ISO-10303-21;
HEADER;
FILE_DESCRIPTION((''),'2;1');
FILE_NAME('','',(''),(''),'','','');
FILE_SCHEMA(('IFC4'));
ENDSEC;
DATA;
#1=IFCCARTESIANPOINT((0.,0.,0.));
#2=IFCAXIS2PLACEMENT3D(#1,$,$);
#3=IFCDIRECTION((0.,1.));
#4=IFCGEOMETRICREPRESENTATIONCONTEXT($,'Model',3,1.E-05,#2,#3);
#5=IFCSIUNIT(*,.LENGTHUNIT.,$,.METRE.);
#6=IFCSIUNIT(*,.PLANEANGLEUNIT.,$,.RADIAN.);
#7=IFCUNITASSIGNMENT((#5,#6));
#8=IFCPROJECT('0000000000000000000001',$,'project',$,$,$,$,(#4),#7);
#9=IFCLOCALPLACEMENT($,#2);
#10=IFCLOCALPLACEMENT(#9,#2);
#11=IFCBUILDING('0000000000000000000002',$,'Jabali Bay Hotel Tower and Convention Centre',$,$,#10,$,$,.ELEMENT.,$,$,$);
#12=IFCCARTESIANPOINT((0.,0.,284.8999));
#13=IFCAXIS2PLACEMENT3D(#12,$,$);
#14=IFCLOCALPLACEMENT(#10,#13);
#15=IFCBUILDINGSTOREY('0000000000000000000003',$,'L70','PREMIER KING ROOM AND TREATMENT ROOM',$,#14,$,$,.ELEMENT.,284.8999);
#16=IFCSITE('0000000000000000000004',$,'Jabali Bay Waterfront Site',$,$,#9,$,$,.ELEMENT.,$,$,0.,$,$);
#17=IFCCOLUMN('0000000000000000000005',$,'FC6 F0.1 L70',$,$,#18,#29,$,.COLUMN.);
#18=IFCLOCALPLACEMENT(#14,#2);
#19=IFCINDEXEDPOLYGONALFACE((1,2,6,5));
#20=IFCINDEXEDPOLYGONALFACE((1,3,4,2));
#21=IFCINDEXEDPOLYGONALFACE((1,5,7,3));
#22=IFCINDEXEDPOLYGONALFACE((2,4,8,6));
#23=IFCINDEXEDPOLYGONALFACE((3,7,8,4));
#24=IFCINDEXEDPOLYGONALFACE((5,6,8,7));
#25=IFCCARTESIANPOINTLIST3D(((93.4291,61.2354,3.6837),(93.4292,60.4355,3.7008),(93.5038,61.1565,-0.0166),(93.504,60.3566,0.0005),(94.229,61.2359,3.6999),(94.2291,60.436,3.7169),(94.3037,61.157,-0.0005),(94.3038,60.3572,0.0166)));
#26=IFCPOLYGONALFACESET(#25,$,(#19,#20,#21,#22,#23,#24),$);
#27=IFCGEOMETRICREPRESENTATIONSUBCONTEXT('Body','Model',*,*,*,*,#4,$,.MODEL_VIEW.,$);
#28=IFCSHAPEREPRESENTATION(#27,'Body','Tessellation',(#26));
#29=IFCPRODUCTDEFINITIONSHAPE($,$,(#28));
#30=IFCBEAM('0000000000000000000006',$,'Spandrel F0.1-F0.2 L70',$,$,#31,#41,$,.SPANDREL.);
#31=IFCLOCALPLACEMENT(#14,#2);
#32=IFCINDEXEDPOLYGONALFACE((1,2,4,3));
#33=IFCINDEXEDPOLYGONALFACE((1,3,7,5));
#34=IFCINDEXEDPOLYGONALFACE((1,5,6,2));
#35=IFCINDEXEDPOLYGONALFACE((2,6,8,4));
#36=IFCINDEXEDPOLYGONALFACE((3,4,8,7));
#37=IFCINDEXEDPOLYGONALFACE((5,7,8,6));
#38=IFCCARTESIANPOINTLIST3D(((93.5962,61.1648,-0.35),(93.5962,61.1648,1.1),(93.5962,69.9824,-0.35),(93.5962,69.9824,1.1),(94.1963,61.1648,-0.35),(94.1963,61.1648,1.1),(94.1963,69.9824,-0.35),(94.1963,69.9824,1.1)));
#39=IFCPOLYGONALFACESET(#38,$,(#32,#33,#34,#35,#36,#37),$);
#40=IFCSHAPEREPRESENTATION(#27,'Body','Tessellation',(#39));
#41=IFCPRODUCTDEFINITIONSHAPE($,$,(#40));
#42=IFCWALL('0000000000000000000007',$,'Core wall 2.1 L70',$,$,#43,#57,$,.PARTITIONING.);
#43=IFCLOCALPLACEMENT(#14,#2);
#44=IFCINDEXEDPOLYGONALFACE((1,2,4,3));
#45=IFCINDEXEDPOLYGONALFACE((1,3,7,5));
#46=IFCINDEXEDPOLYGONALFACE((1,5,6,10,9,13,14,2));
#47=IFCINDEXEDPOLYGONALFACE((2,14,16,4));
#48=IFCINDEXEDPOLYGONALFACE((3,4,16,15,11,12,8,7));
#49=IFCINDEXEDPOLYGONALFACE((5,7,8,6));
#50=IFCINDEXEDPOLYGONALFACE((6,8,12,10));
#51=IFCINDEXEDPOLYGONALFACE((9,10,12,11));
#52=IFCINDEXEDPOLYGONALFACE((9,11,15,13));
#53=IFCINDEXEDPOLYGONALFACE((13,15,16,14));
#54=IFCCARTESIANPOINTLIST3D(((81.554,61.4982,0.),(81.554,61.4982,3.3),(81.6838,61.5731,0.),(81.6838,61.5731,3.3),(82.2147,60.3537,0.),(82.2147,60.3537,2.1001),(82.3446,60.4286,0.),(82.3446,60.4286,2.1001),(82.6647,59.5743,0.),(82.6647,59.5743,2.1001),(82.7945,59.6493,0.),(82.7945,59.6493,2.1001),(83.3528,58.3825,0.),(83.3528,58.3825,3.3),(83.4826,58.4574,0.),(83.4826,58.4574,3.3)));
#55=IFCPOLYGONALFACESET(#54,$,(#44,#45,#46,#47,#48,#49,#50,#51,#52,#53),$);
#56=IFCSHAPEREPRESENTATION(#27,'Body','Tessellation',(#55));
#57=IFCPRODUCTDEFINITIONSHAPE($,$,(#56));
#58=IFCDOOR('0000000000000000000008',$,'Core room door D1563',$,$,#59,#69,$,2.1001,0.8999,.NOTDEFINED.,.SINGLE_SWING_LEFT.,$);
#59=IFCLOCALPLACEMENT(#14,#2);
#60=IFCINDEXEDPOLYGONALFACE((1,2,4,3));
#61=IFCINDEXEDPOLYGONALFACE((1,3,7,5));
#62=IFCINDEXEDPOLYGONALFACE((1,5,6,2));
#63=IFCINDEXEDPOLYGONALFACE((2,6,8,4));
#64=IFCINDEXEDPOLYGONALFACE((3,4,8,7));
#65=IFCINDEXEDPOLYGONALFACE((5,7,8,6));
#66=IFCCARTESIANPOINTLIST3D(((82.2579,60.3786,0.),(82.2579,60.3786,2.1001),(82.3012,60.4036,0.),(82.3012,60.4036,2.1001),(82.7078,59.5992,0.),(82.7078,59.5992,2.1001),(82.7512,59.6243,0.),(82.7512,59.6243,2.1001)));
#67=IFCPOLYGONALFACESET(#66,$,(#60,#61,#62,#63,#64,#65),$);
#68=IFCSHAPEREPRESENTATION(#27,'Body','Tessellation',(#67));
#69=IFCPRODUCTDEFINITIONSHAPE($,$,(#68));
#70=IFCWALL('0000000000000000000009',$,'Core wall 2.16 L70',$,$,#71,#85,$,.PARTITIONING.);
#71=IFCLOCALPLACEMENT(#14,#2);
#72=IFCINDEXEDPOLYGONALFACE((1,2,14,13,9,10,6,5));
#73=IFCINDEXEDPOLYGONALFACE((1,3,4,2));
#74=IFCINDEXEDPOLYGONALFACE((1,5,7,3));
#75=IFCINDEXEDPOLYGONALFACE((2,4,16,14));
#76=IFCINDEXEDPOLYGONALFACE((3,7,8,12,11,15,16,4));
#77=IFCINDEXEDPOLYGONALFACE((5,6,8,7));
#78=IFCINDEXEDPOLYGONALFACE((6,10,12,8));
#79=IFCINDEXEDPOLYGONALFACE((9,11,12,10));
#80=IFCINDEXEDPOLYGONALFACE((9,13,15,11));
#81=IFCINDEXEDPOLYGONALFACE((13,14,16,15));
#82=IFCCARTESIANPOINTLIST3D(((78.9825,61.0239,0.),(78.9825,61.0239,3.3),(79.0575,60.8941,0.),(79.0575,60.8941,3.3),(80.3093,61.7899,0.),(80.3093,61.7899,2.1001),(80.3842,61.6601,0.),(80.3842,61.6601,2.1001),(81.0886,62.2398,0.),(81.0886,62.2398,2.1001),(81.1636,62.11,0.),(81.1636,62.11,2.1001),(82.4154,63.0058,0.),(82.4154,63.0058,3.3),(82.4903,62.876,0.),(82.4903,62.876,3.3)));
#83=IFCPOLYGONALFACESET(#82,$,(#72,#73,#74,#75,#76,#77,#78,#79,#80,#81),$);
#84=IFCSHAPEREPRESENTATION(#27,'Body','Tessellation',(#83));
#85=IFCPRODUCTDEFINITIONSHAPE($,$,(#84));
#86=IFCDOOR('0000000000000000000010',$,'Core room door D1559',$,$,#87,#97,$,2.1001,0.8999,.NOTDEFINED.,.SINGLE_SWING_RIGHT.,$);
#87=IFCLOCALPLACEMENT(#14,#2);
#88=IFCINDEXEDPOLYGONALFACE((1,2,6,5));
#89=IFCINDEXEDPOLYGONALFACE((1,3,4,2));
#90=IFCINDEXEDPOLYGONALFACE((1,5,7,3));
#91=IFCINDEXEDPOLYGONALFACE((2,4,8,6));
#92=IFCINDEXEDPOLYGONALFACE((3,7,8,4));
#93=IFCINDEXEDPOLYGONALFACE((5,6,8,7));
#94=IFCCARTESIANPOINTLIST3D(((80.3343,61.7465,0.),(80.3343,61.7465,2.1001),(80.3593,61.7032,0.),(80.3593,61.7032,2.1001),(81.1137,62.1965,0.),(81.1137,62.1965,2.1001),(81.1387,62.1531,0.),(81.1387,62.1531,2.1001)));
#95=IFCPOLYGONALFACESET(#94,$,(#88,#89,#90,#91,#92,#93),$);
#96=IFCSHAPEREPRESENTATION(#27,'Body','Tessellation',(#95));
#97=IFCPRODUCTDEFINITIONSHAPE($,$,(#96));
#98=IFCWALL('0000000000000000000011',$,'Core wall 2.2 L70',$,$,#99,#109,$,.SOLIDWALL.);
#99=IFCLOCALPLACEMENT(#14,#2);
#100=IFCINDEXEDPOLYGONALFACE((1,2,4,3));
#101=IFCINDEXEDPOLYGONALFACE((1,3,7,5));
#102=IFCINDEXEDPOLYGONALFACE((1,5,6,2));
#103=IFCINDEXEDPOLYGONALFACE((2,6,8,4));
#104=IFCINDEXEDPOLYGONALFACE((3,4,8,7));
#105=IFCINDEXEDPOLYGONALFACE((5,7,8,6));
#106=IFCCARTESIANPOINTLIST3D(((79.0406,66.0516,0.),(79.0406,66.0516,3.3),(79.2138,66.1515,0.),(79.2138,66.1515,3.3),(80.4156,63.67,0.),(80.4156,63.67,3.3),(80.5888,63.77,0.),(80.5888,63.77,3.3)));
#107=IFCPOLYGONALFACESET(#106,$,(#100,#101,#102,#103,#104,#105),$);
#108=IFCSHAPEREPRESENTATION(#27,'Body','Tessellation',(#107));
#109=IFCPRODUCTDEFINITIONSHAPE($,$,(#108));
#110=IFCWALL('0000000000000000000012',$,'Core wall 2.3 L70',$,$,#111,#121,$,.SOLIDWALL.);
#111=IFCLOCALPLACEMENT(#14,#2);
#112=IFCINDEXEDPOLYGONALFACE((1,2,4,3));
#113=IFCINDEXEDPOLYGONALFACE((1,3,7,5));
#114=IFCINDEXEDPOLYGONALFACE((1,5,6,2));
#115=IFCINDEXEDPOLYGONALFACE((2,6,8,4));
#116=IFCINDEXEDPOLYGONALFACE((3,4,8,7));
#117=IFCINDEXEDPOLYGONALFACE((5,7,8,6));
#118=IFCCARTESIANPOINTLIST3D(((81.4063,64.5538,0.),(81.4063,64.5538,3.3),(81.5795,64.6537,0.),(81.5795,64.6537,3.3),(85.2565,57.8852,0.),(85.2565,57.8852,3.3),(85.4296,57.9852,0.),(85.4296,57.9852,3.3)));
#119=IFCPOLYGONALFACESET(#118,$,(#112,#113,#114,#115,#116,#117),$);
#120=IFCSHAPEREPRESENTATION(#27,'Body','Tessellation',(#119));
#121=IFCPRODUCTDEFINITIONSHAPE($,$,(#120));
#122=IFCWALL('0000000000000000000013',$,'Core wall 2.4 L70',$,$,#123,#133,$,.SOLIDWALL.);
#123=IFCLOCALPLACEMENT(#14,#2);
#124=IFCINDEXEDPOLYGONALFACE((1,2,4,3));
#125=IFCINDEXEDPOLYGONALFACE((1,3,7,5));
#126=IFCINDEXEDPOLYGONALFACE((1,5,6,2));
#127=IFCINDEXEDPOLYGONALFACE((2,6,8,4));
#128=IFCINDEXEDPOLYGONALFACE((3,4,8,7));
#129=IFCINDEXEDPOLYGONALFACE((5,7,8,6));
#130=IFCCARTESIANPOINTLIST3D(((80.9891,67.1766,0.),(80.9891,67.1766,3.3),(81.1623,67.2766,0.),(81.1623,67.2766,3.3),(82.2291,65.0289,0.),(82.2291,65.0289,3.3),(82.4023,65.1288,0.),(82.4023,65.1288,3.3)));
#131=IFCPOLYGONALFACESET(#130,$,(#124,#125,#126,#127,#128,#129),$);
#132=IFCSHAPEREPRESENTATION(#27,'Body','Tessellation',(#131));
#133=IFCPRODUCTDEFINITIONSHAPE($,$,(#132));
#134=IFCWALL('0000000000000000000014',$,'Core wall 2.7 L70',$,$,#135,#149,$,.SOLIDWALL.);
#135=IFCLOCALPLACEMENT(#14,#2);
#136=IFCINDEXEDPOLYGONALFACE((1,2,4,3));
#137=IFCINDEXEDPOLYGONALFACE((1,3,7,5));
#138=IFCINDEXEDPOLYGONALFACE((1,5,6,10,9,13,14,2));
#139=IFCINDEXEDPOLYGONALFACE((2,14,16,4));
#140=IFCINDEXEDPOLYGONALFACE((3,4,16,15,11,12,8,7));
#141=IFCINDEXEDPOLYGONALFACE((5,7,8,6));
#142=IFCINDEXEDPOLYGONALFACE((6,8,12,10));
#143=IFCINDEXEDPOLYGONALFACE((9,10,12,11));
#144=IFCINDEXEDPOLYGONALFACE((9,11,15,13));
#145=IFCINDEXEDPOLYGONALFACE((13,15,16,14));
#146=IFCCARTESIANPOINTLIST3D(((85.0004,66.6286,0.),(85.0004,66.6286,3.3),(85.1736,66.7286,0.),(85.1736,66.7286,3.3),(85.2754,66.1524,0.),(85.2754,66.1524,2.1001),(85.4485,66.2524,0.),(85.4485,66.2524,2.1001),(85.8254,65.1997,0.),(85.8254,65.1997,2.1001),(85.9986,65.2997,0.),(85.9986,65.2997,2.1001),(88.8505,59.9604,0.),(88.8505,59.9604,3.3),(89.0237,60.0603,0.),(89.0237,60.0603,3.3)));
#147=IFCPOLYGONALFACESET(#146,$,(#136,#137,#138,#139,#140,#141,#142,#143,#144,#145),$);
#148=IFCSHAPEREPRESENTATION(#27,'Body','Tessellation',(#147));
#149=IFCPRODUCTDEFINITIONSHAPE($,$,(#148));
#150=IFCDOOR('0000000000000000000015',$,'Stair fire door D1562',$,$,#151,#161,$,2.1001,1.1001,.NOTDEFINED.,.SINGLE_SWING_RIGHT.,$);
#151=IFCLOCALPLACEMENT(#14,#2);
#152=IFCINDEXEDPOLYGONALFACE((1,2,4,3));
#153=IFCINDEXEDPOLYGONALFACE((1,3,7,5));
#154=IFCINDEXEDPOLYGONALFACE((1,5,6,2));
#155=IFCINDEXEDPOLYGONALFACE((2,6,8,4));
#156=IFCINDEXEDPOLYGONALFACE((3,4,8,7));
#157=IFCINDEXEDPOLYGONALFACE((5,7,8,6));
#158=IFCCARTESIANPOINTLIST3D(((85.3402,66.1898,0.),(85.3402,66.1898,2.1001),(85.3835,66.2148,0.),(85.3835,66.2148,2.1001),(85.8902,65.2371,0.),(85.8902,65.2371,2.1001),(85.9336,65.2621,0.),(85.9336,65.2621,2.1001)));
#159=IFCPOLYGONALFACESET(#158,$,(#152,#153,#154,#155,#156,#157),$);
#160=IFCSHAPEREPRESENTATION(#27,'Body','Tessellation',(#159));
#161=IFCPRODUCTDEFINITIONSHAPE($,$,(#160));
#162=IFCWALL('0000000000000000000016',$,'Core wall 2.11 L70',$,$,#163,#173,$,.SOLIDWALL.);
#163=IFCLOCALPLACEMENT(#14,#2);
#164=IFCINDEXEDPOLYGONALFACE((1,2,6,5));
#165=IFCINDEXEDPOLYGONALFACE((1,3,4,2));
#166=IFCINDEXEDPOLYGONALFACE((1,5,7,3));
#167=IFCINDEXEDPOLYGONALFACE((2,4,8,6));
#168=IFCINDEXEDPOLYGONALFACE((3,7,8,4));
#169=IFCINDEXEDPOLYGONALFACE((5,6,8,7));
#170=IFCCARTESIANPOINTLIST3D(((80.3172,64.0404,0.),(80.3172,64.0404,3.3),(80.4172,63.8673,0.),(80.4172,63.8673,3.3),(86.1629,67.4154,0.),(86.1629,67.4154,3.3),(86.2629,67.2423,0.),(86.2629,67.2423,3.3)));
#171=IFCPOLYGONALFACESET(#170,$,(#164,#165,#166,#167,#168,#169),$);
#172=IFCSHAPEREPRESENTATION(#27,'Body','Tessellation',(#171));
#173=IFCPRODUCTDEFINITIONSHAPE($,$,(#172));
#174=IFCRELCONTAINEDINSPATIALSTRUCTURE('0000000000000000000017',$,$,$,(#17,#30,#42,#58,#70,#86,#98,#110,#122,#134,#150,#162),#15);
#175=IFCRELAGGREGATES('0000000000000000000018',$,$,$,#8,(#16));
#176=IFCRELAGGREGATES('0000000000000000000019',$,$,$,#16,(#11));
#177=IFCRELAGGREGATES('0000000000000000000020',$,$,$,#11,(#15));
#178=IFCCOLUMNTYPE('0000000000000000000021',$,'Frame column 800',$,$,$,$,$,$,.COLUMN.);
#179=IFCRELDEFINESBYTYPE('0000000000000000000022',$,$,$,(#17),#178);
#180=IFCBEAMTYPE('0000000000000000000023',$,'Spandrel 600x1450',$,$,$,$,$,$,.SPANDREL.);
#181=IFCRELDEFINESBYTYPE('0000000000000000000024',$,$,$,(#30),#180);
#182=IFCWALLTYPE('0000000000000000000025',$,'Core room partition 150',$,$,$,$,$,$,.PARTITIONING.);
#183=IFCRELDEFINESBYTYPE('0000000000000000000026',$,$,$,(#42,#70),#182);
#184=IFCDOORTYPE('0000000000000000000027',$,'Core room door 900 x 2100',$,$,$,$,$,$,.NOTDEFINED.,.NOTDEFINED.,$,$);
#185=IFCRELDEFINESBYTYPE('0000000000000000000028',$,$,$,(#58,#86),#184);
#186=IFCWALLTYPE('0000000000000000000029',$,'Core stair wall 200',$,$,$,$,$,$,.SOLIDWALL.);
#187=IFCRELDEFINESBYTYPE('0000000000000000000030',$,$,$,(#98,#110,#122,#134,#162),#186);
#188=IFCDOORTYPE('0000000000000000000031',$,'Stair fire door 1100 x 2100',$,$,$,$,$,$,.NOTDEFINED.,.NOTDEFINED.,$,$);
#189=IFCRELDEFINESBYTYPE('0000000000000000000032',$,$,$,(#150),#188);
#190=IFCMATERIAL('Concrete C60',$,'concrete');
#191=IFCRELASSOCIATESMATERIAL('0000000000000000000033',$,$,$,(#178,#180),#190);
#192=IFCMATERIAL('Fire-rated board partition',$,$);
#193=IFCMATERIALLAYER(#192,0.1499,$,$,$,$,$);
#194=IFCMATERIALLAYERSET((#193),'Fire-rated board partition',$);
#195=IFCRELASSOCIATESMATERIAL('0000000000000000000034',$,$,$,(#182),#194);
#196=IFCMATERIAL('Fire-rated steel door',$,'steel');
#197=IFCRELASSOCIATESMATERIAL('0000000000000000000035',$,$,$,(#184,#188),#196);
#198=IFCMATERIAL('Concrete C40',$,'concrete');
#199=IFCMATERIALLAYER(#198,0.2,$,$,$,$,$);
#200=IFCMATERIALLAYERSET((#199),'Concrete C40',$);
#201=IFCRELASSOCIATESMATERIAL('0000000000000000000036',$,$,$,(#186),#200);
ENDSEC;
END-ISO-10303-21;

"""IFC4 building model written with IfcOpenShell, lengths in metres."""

from ifc_helpers import new_model, si_unit, direction, frame, frame_2d, origin, origin_2d, place, context, subcontext, project, spatial, rectangle, extrude, material, layer, layer_set, material_profile, profile_set, type_object, element, fill, save


model = new_model("IFC4")

# Units and contexts
model_context = context("Model", 3, precision=1e-05, world=origin(), true_north=direction((0.0, 1.0)))
body_context = subcontext(model_context, "Body", "Model", "MODEL_VIEW")
ifc_project = project(units=[si_unit("LENGTHUNIT", "METRE"), si_unit("PLANEANGLEUNIT", "RADIAN")], contexts=[model_context])

# Site, building, storey
site_placement = place(None, origin())
site = spatial("IfcSite", under=ifc_project, at=site_placement, Name="Jabali Bay Waterfront Site", CompositionType="ELEMENT", RefElevation=0.0)
building_placement = place(site_placement, origin())
building = spatial("IfcBuilding", under=site, at=building_placement, Name="Jabali Bay Hotel Tower and Convention Centre", CompositionType="ELEMENT")
storey_placement = place(building_placement, frame((0.0, 0.0, 284.8999)))
storey = spatial("IfcBuildingStorey", under=building, at=storey_placement, Name="L70", Description="PREMIER KING ROOM AND TREATMENT ROOM", CompositionType="ELEMENT", Elevation=284.8999)

# Column
ifc_material_1 = material(Name="Concrete C60", Category="concrete")
ifc_material_profile_1 = material_profile(ifc_material_1, rectangle(XDim=0.8, YDim=0.8, at=origin_2d()), Name="Frame column 800")
ifc_profile_set_1 = profile_set([ifc_material_profile_1], Name="Concrete C60")
column_type = type_object("IfcColumnType", Name="Frame column 800", PredefinedType="COLUMN", material=ifc_profile_set_1)
column_placement = place(storey_placement, frame((93.9038, 60.7568, 0.0), z_axis=(-0.020181, 0.021303, 0.999569), x_axis=(0.000228, -0.999773, 0.021311)))
element("IfcColumn", 1, at=column_placement, inside=storey, type_object=column_type, Name="FC6 F0.1 L70", PredefinedType="COLUMN", context=body_context, shape_type="SweptSolid", body=[
    extrude(rectangle(XDim=0.8, YDim=0.8, at=origin_2d()), origin(), (0.0, 0.0, 1.0), 3.7019),
])

# Beam
ifc_material_profile_2 = material_profile(ifc_material_1, rectangle(XDim=0.6001, YDim=1.45, at=origin_2d()), Name="Spandrel 600x1450")
ifc_profile_set_2 = profile_set([ifc_material_profile_2], Name="Concrete C60")
beam_type = type_object("IfcBeamType", Name="Spandrel 600x1450", PredefinedType="SPANDREL", material=ifc_profile_set_2)
beam_placement = place(storey_placement, frame((93.8962, 61.1648, 0.375), z_axis=(0.0, 1.0, 0.0), x_axis=(-1.0, 0.0, 0.0)))
element("IfcBeam", 2, at=beam_placement, inside=storey, type_object=beam_type, Name="Spandrel F0.1-F0.2 L70", PredefinedType="SPANDREL", context=body_context, shape_type="SweptSolid", body=[
    extrude(rectangle(XDim=0.6001, YDim=1.45, at=origin_2d()), origin(), (0.0, 0.0, 1.0), 8.8176),
])

# Walls, openings, doors
ifc_material_2 = material(Name="Fire-rated board partition")
ifc_layer_1 = layer(ifc_material_2, 0.1499)
ifc_layer_set_1 = layer_set([ifc_layer_1], Name="Fire-rated board partition")
wall_type_1 = type_object("IfcWallType", Name="Core room partition 150", PredefinedType="PARTITIONING", material=ifc_layer_set_1)
wall_1_placement = place(storey_placement, frame((81.6189, 61.5356, 0.0), z_axis=(0.0, 0.0, 1.0), x_axis=(0.499993, -0.86603, 0.0)))
wall_1 = element("IfcWall", 3, at=wall_1_placement, inside=storey, type_object=wall_type_1, Name="Core wall 2.1 L70", PredefinedType="PARTITIONING", context=body_context, shape_type="SweptSolid", body=[
    extrude(rectangle(XDim=3.5977, YDim=0.1499, at=frame_2d((1.7988, 0.0))), origin(), (0.0, 0.0, 1.0), 3.3),
])
opening_1_placement = place(wall_1_placement, frame((1.3215, 0.0, 0.0)))
opening_1 = element("IfcOpeningElement", 4, at=opening_1_placement, cuts=wall_1, PredefinedType="OPENING", context=body_context, shape_type="SweptSolid", body=[
    extrude(rectangle(XDim=0.8999, YDim=2.1001, at=frame_2d((0.45, 1.05))), frame((0.0, 0.0854, 0.0), z_axis=(0.0, -1.0, 0.0), x_axis=(1.0, 0.0, 0.0)), (0.0, 0.0, 1.0), 0.1709),
])
ifc_material_3 = material(Name="Fire-rated steel door", Category="steel")
door_type_1 = type_object("IfcDoorType", Name="Core room door 900 x 2100", OperationType="NOTDEFINED", PredefinedType="NOTDEFINED", material=ifc_material_3)
door_1_placement = place(opening_1_placement, origin())
door_1 = element("IfcDoor", 5, at=door_1_placement, inside=storey, type_object=door_type_1, Name="Core room door D1563", OperationType="SINGLE_SWING_LEFT", OverallHeight=2.1001, OverallWidth=0.8999, PredefinedType="NOTDEFINED", context=body_context, shape_type="SweptSolid", body=[
    extrude(rectangle(XDim=0.8999, YDim=2.1001, at=frame_2d((0.45, 1.05))), frame((0.0, 0.0249, 0.0), z_axis=(0.0, -1.0, 0.0), x_axis=(1.0, 0.0, 0.0)), (0.0, 0.0, 1.0), 0.05),
])
fill(opening_1, door_1)
wall_2_placement = place(storey_placement, frame((79.02, 60.959, 0.0), z_axis=(0.0, 0.0, 1.0), x_axis=(0.866029, 0.499994, 0.0)))
wall_2 = element("IfcWall", 6, at=wall_2_placement, inside=storey, type_object=wall_type_1, Name="Core wall 2.16 L70", PredefinedType="PARTITIONING", context=body_context, shape_type="SweptSolid", body=[
    extrude(rectangle(XDim=3.9639, YDim=0.1499, at=frame_2d((1.9819, 0.0))), origin(), (0.0, 0.0, 1.0), 3.3),
])
opening_2_placement = place(wall_2_placement, frame((1.532, 0.0, 0.0)))
opening_2 = element("IfcOpeningElement", 7, at=opening_2_placement, cuts=wall_2, PredefinedType="OPENING", context=body_context, shape_type="SweptSolid", body=[
    extrude(rectangle(XDim=0.8999, YDim=2.1001, at=frame_2d((0.45, 1.05))), frame((0.0, 0.0854, 0.0), z_axis=(0.0, -1.0, 0.0), x_axis=(1.0, 0.0, 0.0)), (0.0, 0.0, 1.0), 0.1709),
])
door_2_placement = place(opening_2_placement, origin())
door_2 = element("IfcDoor", 8, at=door_2_placement, inside=storey, type_object=door_type_1, Name="Core room door D1559", OperationType="SINGLE_SWING_RIGHT", OverallHeight=2.1001, OverallWidth=0.8999, PredefinedType="NOTDEFINED", context=body_context, shape_type="SweptSolid", body=[
    extrude(rectangle(XDim=0.8999, YDim=2.1001, at=frame_2d((0.45, 1.05))), frame((0.0, 0.0249, 0.0), z_axis=(0.0, -1.0, 0.0), x_axis=(1.0, 0.0, 0.0)), (0.0, 0.0, 1.0), 0.05),
])
fill(opening_2, door_2)

# Walls
ifc_material_4 = material(Name="Concrete C40", Category="concrete")
ifc_layer_2 = layer(ifc_material_4, 0.2)
ifc_layer_set_2 = layer_set([ifc_layer_2], Name="Concrete C40")
wall_type_2 = type_object("IfcWallType", Name="Core stair wall 200", PredefinedType="SOLIDWALL", material=ifc_layer_set_2)
wall_3_placement = place(storey_placement, frame((79.1272, 66.1016, 0.0), z_axis=(0.0, 0.0, 1.0), x_axis=(0.499997, -0.866027, 0.0)))
element("IfcWall", 9, at=wall_3_placement, inside=storey, type_object=wall_type_2, Name="Core wall 2.2 L70", PredefinedType="SOLIDWALL", context=body_context, shape_type="SweptSolid", body=[
    extrude(rectangle(XDim=2.75, YDim=0.2, at=frame_2d((1.375, 0.0))), origin(), (0.0, 0.0, 1.0), 3.3),
])
wall_4_placement = place(storey_placement, frame((81.4929, 64.6038, 0.0), z_axis=(0.0, 0.0, 1.0), x_axis=(0.500006, -0.866022, 0.0)))
element("IfcWall", 10, at=wall_4_placement, inside=storey, type_object=wall_type_2, Name="Core wall 2.3 L70", PredefinedType="SOLIDWALL", context=body_context, shape_type="SweptSolid", body=[
    extrude(rectangle(XDim=7.7002, YDim=0.2, at=frame_2d((3.8501, 0.0))), origin(), (0.0, 0.0, 1.0), 3.3),
])
wall_5_placement = place(storey_placement, frame((81.0757, 67.2266, 0.0), z_axis=(0.0, 0.0, 1.0), x_axis=(0.500004, -0.866023, 0.0)))
element("IfcWall", 11, at=wall_5_placement, inside=storey, type_object=wall_type_2, Name="Core wall 2.4 L70", PredefinedType="SOLIDWALL", context=body_context, shape_type="SweptSolid", body=[
    extrude(rectangle(XDim=2.48, YDim=0.2, at=frame_2d((1.24, 0.0))), origin(), (0.0, 0.0, 1.0), 3.3),
])

# Wall, opening, door
wall_6_placement = place(storey_placement, frame((85.0869, 66.6787, 0.0), z_axis=(0.0, 0.0, 1.0), x_axis=(0.50002, -0.866014, 0.0)))
wall_6 = element("IfcWall", 12, at=wall_6_placement, inside=storey, type_object=wall_type_2, Name="Core wall 2.7 L70", PredefinedType="SOLIDWALL", context=body_context, shape_type="SweptSolid", body=[
    extrude(rectangle(XDim=7.7, YDim=0.2, at=frame_2d((3.8501, 0.0))), origin(), (0.0, 0.0, 1.0), 3.3),
])
opening_3_placement = place(wall_6_placement, frame((0.55, 0.0, 0.0)))
opening_3 = element("IfcOpeningElement", 13, at=opening_3_placement, cuts=wall_6, PredefinedType="OPENING", context=body_context, shape_type="SweptSolid", body=[
    extrude(rectangle(XDim=1.1001, YDim=2.1001, at=frame_2d((0.55, 1.05))), frame((0.0, 0.1104, 0.0), z_axis=(0.0, -1.0, 0.0), x_axis=(1.0, 0.0, 0.0)), (0.0, 0.0, 1.0), 0.2209),
])
door_type_2 = type_object("IfcDoorType", Name="Stair fire door 1100 x 2100", OperationType="NOTDEFINED", PredefinedType="NOTDEFINED", material=ifc_material_3)
door_3_placement = place(opening_3_placement, origin())
door_3 = element("IfcDoor", 14, at=door_3_placement, inside=storey, type_object=door_type_2, Name="Stair fire door D1562", OperationType="SINGLE_SWING_RIGHT", OverallHeight=2.1001, OverallWidth=1.1001, PredefinedType="NOTDEFINED", context=body_context, shape_type="SweptSolid", body=[
    extrude(rectangle(XDim=1.1001, YDim=2.1001, at=frame_2d((0.55, 1.05))), frame((0.0, 0.0249, 0.0), z_axis=(0.0, -1.0, 0.0), x_axis=(1.0, 0.0, 0.0)), (0.0, 0.0, 1.0), 0.05),
])
fill(opening_3, door_3)

# Wall
wall_7_placement = place(storey_placement, frame((80.3672, 63.9539, 0.0), z_axis=(0.0, 0.0, 1.0), x_axis=(0.866027, 0.499998, 0.0)))
element("IfcWall", 15, at=wall_7_placement, inside=storey, type_object=wall_type_2, Name="Core wall 2.11 L70", PredefinedType="SOLIDWALL", context=body_context, shape_type="SweptSolid", body=[
    extrude(rectangle(XDim=6.75, YDim=0.2, at=frame_2d((3.375, 0.0))), origin(), (0.0, 0.0, 1.0), 3.3),
])

save(model, "model.ifc")
